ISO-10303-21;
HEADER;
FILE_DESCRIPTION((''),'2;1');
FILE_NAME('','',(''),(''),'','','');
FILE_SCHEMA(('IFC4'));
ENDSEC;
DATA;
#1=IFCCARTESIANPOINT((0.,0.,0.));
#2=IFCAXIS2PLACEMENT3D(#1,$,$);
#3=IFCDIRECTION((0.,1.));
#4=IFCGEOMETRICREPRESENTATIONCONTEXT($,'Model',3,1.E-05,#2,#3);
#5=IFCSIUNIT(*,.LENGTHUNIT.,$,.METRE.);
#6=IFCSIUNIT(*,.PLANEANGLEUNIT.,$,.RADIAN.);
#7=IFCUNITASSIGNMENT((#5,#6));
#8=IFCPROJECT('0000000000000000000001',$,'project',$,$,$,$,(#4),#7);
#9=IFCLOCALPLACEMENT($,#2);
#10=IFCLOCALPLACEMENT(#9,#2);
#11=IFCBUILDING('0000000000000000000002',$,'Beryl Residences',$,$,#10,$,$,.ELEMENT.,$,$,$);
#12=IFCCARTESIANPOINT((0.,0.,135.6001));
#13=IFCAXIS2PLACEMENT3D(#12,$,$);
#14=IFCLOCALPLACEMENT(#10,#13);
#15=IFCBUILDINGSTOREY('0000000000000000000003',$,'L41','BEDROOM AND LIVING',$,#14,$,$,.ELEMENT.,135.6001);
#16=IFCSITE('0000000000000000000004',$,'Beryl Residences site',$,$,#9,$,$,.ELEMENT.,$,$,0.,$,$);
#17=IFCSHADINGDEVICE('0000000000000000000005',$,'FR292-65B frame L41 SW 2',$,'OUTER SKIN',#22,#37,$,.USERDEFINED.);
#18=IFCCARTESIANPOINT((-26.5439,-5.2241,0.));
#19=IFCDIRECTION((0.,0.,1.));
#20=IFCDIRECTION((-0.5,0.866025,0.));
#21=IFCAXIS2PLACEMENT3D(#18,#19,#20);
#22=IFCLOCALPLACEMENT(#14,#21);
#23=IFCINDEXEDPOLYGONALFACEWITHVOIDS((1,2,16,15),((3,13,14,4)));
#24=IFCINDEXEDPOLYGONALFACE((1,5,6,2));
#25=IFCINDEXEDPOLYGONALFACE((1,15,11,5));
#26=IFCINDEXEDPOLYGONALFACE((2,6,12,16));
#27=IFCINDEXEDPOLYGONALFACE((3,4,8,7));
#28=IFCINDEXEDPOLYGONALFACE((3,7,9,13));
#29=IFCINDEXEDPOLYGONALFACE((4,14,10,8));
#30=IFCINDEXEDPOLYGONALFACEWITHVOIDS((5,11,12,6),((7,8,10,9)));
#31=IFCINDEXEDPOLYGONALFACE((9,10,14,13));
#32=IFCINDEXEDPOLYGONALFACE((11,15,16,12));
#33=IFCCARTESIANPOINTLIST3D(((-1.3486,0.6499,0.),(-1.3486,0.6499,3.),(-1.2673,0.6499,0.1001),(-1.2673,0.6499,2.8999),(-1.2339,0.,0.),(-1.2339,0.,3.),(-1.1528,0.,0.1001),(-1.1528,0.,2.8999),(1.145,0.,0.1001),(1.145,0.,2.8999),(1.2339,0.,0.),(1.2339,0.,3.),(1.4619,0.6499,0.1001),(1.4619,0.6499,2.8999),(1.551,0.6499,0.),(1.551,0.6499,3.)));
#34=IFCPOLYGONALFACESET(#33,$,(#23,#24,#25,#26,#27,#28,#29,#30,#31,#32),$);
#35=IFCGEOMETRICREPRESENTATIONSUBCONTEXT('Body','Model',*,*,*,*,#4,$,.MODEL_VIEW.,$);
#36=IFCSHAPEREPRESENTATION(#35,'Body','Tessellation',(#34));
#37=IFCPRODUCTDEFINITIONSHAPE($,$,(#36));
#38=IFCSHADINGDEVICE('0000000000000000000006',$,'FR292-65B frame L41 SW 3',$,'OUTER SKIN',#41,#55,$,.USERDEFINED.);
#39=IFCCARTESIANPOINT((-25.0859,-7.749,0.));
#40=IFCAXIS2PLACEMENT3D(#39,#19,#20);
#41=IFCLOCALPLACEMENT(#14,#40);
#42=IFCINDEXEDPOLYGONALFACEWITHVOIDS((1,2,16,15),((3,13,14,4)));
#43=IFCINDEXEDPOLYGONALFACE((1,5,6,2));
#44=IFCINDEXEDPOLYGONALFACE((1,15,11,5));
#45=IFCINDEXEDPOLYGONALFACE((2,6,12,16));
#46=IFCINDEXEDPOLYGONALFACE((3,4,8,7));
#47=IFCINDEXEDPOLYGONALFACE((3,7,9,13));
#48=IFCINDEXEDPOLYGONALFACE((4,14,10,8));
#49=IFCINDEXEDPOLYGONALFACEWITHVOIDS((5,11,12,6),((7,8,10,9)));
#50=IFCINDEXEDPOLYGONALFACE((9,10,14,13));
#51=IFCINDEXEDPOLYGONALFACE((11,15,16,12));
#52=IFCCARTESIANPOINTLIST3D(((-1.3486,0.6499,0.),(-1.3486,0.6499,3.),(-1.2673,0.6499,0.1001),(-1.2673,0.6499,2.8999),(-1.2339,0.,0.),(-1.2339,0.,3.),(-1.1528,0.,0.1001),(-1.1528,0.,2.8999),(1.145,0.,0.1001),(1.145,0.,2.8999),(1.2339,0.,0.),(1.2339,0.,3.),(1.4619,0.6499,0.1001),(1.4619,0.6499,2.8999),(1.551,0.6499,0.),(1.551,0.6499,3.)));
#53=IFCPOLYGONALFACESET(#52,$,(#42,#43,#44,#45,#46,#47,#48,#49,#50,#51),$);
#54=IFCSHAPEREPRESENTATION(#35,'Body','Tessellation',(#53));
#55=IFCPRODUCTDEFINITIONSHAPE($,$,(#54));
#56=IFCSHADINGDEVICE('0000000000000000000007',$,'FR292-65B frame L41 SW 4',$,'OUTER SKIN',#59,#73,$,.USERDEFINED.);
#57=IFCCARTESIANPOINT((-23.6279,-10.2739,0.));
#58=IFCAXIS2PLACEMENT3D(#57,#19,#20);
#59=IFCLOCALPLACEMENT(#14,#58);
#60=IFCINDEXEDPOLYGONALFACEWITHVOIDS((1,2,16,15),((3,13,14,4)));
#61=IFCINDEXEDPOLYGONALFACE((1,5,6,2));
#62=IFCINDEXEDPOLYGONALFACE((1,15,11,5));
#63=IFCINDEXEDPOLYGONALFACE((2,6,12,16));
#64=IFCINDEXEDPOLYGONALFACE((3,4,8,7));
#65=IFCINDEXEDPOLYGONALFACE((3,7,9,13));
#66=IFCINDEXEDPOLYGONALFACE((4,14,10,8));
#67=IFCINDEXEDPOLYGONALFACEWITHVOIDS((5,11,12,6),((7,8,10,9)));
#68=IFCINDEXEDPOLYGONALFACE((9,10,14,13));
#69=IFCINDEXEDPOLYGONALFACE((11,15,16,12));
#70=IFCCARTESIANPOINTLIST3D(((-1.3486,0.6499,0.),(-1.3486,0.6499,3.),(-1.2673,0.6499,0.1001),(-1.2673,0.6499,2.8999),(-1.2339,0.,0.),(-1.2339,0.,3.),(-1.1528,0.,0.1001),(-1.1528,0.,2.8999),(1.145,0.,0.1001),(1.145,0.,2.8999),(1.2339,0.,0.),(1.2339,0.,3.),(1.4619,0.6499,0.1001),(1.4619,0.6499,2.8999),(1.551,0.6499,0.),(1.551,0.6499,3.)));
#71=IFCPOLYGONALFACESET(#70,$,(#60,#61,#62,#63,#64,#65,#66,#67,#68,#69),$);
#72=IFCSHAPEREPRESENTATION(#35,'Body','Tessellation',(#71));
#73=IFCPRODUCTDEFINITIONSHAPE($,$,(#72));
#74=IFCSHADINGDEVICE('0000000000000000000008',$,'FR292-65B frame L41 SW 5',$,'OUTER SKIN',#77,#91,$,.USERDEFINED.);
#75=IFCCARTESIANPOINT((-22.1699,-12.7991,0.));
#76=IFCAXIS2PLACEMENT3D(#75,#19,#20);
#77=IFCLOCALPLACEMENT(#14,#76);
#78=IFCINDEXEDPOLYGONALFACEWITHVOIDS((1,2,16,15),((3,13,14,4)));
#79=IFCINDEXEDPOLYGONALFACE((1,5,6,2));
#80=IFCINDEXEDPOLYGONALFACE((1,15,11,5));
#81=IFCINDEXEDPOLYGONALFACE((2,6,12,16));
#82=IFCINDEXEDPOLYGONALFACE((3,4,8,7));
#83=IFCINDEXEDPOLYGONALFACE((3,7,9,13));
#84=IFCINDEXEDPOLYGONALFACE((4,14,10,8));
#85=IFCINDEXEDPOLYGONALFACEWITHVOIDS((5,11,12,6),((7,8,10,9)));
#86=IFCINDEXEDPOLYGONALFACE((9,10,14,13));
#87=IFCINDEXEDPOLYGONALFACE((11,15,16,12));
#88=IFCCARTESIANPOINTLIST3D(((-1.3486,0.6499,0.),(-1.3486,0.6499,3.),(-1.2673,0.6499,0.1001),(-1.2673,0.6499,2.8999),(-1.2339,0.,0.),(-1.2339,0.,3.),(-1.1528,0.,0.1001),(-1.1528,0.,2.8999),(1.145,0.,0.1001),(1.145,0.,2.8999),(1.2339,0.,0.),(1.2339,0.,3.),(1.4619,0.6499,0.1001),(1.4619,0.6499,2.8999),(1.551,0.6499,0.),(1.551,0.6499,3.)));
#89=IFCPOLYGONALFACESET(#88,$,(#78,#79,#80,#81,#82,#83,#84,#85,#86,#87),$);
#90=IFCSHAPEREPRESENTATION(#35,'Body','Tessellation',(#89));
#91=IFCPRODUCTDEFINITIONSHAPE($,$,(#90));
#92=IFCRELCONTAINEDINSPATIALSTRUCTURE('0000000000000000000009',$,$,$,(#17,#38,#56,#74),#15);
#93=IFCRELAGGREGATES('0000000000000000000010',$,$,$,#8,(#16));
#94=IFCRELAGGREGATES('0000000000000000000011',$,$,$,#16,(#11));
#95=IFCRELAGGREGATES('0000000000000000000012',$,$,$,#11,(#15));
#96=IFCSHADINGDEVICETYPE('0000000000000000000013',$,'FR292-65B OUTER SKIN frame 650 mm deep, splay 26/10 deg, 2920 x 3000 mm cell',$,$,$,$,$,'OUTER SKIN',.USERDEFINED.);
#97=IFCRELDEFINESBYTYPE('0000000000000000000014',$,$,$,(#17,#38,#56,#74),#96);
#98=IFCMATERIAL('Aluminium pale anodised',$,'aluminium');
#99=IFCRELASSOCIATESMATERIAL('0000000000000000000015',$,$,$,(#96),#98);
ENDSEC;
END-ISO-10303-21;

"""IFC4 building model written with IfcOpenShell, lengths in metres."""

from ifc_helpers import new_model, entity, si_unit, direction, frame, origin, place, context, subcontext, project, spatial, source, transform, mapped, material, type_object, type_shapes, element, save


model = new_model("IFC4")

# Units and contexts
model_context = context("Model", 3, precision=1e-05, world=origin(), true_north=direction((0.0, 1.0)))
body_context = subcontext(model_context, "Body", "Model", "MODEL_VIEW")
ifc_project = project(units=[si_unit("LENGTHUNIT", "METRE"), si_unit("PLANEANGLEUNIT", "RADIAN")], contexts=[model_context])

# Site, building, storey
site_placement = place(None, origin())
site = spatial("IfcSite", under=ifc_project, at=site_placement, Name="Beryl Residences site", CompositionType="ELEMENT", RefElevation=0.0)
building_placement = place(site_placement, origin())
building = spatial("IfcBuilding", under=site, at=building_placement, Name="Beryl Residences", CompositionType="ELEMENT")
storey_placement = place(building_placement, frame((0.0, 0.0, 135.6001)))
storey = spatial("IfcBuildingStorey", under=building, at=storey_placement, Name="L41", Description="BEDROOM AND LIVING", CompositionType="ELEMENT", Elevation=135.6001)

# Shading devices
ifc_material_1 = material(Name="Aluminium pale anodised", Category="aluminium")
shading_device_type = type_object("IfcShadingDeviceType", Name="FR292-65B OUTER SKIN frame 650 mm deep, splay 26/10 deg, 2920 x 3000 mm cell", ElementType="OUTER SKIN", PredefinedType="USERDEFINED", material=ifc_material_1)
cartesian_point_1 = entity("IfcCartesianPoint", [-1.2339, 0.0])
cartesian_point_2 = entity("IfcCartesianPoint", [-1.145, 0.1001])
cartesian_point_3 = entity("IfcCartesianPoint", [-1.551, 0.0])
cartesian_point_4 = entity("IfcCartesianPoint", [-1.4619, 0.1001])
shared_shape = source(origin(), body_context, "Body", "SweptSolid", [
    entity("IfcExtrudedAreaSolidTapered", entity("IfcArbitraryProfileDefWithVoids", "AREA", None, entity("IfcPolyline", [cartesian_point_1, entity("IfcCartesianPoint", [1.2339, 0.0]), entity("IfcCartesianPoint", [1.2339, 3.0]), entity("IfcCartesianPoint", [-1.2339, 3.0]), cartesian_point_1]), [entity("IfcPolyline", [cartesian_point_2, entity("IfcCartesianPoint", [1.1528, 0.1001]), entity("IfcCartesianPoint", [1.1528, 2.8999]), entity("IfcCartesianPoint", [-1.145, 2.8999]), cartesian_point_2])]), entity("IfcAxis2Placement3D", entity("IfcCartesianPoint", [0.0, 0.0, 0.0]), entity("IfcDirection", [0.0, 1.0, 0.0]), entity("IfcDirection", [-1.0, 0.0, 0.0])), entity("IfcDirection", [0.0, 0.0, 1.0]), 0.6499, entity("IfcArbitraryProfileDefWithVoids", "AREA", None, entity("IfcPolyline", [cartesian_point_3, entity("IfcCartesianPoint", [1.3486, 0.0]), entity("IfcCartesianPoint", [1.3486, 3.0]), entity("IfcCartesianPoint", [-1.551, 3.0]), cartesian_point_3]), [entity("IfcPolyline", [cartesian_point_4, entity("IfcCartesianPoint", [1.2673, 0.1001]), entity("IfcCartesianPoint", [1.2673, 2.8999]), entity("IfcCartesianPoint", [-1.4619, 2.8999]), cartesian_point_4])])),
])
type_shapes(shading_device_type, [shared_shape])
for number, where, z_axis, x_axis, name in (
    (1, (-26.5439, -5.2241, 0.0), (0.0, 0.0, 1.0), (-0.5, 0.866025, 0.0), "FR292-65B frame L41 SW 2"),
    (2, (-25.0859, -7.749, 0.0), (0.0, 0.0, 1.0), (-0.5, 0.866025, 0.0), "FR292-65B frame L41 SW 3"),
    (3, (-23.6279, -10.2739, 0.0), (0.0, 0.0, 1.0), (-0.5, 0.866025, 0.0), "FR292-65B frame L41 SW 4"),
    (4, (-22.1699, -12.7991, 0.0), (0.0, 0.0, 1.0), (-0.5, 0.866025, 0.0), "FR292-65B frame L41 SW 5"),
):
    element("IfcShadingDevice", number, at=place(storey_placement, frame(where, z_axis=z_axis, x_axis=x_axis)), inside=storey, type_object=shading_device_type, Name=name, ObjectType="OUTER SKIN", PredefinedType="USERDEFINED", context=body_context, shape_type="MappedRepresentation", body=[
        mapped(shared_shape, transform((0.0, 0.0, 0.0))),
    ])

save(model, "model.ifc")
